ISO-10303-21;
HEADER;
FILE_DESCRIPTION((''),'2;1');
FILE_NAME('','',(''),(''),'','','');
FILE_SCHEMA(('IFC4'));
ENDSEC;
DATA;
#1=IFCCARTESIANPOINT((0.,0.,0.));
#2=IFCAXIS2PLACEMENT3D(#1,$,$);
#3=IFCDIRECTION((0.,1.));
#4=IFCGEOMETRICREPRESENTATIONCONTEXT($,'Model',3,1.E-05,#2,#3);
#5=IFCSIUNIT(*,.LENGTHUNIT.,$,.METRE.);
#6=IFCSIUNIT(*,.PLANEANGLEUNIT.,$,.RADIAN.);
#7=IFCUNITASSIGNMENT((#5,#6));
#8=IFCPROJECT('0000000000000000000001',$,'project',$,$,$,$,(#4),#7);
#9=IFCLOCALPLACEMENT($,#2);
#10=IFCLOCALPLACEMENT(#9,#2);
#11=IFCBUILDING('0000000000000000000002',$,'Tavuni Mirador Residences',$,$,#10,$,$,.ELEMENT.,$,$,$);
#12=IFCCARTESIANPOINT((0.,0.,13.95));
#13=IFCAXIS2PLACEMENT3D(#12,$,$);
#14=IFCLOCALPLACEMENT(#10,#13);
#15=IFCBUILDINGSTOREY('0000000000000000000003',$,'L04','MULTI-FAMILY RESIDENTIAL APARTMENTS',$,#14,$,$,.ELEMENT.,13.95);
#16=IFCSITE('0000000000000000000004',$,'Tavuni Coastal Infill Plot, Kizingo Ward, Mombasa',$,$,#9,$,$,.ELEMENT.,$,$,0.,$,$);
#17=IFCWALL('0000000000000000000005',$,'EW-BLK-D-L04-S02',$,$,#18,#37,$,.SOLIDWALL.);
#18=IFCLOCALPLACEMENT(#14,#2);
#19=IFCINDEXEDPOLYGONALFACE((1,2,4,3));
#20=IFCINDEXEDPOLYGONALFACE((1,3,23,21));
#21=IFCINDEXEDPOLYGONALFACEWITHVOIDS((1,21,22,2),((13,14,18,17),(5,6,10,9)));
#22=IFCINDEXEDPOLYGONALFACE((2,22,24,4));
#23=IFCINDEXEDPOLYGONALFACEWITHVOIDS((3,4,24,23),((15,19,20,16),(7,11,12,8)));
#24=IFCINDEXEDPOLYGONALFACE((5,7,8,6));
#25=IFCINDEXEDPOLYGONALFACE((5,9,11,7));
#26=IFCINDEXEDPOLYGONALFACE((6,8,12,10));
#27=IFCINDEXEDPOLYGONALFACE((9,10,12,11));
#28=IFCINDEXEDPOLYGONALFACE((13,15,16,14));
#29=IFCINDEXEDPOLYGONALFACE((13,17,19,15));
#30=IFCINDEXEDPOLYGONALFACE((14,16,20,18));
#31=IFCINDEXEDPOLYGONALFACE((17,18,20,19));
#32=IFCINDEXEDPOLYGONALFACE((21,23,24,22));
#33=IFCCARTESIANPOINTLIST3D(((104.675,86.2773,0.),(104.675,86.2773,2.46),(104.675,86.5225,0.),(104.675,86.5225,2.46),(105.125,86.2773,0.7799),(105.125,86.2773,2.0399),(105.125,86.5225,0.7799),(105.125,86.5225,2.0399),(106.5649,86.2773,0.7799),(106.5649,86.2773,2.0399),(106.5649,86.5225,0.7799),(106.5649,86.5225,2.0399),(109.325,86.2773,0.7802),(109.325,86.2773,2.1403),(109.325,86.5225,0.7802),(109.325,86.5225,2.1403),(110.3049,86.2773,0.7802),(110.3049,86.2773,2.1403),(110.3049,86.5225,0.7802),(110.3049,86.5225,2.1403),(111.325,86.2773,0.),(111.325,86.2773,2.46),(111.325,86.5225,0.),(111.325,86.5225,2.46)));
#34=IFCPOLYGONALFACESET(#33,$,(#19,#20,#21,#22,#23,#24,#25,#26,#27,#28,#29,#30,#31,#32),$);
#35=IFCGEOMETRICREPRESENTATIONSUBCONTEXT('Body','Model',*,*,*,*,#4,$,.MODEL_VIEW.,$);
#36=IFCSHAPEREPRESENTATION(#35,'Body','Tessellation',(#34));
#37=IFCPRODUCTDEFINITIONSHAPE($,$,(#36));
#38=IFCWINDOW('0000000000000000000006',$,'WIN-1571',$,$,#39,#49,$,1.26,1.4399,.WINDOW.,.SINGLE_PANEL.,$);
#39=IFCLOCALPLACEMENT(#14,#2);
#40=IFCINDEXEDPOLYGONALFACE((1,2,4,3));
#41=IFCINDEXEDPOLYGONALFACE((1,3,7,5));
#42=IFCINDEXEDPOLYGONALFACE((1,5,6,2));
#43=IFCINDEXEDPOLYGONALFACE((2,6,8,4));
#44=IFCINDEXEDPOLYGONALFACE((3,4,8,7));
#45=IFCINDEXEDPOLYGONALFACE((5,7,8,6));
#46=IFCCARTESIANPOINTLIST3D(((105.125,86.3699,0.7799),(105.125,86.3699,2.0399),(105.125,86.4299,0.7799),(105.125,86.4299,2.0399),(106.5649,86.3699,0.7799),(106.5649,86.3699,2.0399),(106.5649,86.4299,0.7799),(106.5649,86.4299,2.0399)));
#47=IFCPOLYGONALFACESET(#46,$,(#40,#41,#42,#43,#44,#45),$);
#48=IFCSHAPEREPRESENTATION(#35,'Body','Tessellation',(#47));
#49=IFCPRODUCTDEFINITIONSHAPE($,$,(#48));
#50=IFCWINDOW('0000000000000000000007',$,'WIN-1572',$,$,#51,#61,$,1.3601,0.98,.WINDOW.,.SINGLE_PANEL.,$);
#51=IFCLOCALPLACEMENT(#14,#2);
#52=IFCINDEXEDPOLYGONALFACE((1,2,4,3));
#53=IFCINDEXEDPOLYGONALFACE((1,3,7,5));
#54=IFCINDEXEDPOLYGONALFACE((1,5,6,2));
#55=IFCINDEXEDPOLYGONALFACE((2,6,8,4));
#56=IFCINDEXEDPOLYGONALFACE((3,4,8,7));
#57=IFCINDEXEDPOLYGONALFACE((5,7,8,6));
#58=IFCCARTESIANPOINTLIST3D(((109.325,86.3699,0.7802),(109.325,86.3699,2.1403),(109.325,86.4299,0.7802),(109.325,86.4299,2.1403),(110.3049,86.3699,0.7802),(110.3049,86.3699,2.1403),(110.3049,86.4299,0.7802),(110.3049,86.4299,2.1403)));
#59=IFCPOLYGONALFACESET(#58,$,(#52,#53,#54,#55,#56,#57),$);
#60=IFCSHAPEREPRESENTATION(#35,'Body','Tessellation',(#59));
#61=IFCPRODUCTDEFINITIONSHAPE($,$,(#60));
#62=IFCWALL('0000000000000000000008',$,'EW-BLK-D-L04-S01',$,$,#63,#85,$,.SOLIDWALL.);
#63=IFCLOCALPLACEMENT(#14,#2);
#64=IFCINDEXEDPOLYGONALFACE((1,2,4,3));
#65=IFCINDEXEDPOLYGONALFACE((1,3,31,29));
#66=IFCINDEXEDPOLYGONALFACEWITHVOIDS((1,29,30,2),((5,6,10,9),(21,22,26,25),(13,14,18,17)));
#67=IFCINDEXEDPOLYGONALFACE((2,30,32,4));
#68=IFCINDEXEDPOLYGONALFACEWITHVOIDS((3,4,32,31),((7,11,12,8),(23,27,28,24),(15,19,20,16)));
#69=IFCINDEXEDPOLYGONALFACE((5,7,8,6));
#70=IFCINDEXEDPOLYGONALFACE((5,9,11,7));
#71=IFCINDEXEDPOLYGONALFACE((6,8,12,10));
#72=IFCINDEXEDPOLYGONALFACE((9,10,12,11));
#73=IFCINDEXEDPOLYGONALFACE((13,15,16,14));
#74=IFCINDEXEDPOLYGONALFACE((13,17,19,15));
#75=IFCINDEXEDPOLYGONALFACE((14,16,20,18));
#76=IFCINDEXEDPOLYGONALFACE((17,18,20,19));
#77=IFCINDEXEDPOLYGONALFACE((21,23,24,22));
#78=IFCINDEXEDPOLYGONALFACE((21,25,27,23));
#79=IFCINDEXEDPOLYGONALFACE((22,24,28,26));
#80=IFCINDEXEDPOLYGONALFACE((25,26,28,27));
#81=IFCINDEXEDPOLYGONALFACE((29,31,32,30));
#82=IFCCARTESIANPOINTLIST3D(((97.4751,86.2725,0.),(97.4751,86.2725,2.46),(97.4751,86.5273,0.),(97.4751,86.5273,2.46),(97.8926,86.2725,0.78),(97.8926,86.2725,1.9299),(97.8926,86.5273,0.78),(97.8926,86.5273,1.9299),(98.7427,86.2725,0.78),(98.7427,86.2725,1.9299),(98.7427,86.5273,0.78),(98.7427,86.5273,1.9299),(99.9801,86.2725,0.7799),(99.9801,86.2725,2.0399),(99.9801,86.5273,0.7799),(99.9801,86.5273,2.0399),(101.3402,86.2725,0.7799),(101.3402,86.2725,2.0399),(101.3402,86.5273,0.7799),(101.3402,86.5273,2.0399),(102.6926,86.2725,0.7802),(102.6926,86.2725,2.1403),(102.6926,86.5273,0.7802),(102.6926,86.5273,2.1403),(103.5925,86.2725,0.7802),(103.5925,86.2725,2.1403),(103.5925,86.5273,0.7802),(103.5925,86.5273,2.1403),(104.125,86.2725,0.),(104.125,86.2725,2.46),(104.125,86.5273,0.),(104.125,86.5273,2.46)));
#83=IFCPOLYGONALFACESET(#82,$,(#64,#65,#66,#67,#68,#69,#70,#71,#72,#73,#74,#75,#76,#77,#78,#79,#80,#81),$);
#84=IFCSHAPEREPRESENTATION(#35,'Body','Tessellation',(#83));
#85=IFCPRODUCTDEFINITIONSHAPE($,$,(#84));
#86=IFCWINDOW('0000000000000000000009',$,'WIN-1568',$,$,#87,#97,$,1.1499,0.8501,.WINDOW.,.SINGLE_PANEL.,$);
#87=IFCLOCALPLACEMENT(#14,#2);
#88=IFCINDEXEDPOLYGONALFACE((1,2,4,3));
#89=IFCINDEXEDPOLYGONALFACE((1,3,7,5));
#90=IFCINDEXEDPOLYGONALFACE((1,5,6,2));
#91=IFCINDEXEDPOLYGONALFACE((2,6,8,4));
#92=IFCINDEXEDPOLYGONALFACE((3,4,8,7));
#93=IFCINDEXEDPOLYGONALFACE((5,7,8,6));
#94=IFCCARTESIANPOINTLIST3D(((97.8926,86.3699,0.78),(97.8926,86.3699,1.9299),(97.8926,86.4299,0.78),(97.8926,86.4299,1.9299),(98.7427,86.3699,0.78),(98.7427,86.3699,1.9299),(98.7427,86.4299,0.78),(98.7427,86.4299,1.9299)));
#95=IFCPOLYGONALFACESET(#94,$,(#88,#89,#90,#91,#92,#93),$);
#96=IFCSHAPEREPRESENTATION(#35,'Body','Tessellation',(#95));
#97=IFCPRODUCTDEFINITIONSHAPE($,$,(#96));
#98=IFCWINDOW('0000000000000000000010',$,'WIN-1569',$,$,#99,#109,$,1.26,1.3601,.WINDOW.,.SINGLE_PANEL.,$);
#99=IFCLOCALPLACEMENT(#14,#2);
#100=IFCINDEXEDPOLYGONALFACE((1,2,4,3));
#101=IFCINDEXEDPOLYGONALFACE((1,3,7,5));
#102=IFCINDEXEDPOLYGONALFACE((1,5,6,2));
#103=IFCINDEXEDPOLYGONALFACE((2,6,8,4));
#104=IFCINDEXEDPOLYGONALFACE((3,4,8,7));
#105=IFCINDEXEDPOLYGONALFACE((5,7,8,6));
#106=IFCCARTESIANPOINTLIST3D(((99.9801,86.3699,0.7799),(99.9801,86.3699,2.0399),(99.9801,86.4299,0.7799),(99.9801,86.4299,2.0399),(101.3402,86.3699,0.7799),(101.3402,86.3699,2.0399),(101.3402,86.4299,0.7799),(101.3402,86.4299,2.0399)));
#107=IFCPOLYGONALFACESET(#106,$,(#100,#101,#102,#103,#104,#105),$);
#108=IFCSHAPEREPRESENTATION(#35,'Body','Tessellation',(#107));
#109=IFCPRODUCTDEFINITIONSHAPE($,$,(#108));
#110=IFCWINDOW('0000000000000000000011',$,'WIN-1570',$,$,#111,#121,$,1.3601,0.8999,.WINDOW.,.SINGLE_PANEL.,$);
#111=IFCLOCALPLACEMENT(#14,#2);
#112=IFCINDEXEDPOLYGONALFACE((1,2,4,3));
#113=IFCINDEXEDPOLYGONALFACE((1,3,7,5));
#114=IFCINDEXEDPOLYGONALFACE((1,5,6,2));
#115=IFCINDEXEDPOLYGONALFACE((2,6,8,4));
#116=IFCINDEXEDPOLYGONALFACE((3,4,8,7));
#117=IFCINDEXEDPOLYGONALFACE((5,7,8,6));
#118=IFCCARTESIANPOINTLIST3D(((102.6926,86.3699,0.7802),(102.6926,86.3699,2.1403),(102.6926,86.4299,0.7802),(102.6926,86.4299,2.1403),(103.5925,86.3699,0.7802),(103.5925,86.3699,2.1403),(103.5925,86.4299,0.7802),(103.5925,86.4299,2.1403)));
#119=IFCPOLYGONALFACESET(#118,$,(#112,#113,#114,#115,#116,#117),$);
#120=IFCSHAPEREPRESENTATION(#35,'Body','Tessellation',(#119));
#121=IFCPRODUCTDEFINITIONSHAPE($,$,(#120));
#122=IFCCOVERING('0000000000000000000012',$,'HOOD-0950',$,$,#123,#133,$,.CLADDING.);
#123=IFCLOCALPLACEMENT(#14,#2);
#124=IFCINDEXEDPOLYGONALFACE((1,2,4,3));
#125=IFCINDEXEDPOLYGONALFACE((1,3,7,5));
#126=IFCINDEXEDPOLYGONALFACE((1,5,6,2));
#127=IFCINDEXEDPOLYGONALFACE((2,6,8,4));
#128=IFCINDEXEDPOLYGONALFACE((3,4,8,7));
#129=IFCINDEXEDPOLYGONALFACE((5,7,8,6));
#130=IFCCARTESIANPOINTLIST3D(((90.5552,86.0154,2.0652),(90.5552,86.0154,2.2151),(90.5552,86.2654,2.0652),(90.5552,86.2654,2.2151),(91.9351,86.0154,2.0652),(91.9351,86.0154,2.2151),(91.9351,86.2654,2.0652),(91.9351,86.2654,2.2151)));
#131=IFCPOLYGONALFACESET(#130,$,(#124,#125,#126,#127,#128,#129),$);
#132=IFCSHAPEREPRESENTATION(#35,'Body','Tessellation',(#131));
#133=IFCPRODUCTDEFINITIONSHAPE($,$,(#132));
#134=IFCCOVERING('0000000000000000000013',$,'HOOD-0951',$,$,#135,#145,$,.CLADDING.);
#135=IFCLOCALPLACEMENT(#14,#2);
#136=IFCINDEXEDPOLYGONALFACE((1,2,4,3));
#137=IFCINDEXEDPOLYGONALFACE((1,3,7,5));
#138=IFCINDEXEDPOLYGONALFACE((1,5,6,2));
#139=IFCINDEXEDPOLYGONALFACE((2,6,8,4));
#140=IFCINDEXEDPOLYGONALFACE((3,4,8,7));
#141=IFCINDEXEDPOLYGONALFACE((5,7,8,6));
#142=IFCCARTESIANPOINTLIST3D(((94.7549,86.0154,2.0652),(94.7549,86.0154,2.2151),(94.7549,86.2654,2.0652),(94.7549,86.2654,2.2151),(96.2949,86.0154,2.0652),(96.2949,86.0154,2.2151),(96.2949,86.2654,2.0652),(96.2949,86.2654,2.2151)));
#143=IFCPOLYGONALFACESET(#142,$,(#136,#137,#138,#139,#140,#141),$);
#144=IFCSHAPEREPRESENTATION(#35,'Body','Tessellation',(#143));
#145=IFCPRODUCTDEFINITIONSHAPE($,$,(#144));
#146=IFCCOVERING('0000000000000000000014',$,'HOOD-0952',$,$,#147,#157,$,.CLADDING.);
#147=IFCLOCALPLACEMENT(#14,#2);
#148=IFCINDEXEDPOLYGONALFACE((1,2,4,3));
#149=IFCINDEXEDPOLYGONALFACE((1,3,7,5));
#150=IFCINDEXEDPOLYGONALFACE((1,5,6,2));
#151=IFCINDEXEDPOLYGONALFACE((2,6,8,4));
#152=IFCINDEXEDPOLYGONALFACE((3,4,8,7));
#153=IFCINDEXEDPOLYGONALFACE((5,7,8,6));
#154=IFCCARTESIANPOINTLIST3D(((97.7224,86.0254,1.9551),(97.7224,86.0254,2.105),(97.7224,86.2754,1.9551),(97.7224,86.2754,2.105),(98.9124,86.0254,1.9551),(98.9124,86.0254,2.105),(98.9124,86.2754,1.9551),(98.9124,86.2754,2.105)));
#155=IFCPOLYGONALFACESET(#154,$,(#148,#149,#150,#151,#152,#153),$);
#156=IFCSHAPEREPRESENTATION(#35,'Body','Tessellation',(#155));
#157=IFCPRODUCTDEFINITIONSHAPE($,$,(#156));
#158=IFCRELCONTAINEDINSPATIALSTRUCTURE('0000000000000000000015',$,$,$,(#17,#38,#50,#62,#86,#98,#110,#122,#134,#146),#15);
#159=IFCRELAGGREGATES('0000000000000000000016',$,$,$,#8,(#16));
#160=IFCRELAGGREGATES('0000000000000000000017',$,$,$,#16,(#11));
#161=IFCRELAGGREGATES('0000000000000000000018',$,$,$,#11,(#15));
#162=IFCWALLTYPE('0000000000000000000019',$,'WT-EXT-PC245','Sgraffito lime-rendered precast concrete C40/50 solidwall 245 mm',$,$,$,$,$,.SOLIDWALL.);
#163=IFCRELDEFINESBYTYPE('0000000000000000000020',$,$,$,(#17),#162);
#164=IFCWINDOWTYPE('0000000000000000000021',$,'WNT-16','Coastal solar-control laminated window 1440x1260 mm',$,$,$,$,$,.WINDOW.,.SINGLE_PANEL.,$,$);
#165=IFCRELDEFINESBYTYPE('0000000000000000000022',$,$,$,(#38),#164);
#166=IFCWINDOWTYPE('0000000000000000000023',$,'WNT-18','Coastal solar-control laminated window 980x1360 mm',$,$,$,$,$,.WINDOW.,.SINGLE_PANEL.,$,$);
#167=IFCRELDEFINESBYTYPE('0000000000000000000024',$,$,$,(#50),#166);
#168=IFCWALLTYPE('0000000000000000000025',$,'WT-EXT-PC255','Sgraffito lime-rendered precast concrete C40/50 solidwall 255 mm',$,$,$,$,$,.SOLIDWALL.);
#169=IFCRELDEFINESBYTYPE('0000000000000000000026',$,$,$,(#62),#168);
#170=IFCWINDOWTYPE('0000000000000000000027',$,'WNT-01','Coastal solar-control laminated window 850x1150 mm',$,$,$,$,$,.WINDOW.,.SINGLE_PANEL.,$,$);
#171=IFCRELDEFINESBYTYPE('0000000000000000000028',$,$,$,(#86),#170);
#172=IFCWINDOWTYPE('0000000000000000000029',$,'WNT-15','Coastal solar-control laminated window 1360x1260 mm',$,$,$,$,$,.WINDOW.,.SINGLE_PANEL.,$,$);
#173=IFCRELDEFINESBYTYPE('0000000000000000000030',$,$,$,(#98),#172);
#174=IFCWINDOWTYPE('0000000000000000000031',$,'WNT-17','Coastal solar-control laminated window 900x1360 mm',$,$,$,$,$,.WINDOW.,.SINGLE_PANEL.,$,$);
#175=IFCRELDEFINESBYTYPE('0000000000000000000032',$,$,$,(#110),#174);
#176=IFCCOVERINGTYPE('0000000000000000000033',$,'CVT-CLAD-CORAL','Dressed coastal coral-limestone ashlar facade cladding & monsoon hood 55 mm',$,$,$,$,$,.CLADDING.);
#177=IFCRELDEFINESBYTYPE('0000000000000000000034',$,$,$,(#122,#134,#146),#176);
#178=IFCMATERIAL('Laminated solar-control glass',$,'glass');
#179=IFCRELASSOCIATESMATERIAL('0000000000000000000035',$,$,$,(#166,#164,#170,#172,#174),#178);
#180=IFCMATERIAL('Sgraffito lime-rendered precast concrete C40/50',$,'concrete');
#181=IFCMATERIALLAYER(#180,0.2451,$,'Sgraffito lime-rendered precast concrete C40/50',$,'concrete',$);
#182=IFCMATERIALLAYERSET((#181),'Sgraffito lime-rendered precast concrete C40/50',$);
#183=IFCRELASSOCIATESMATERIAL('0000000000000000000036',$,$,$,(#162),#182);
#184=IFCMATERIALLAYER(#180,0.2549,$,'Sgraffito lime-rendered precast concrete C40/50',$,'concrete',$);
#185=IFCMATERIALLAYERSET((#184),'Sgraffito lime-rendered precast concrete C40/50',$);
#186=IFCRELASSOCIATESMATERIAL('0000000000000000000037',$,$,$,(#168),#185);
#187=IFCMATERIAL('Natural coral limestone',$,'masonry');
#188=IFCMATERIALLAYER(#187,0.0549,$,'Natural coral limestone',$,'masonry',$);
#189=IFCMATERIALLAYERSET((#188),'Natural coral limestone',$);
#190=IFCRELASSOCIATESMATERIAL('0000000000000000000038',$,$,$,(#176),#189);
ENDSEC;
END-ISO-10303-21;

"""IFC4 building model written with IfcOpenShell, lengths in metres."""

from ifc_helpers import new_model, si_unit, direction, frame, frame_2d, origin, origin_2d, place, context, subcontext, project, spatial, rectangle, extrude, material, layer, layer_set, type_object, element, fill, save


model = new_model("IFC4")

# Units and contexts
model_context = context("Model", 3, precision=1e-05, world=origin(), true_north=direction((0.0, 1.0)))
body_context = subcontext(model_context, "Body", "Model", "MODEL_VIEW")
ifc_project = project(units=[si_unit("LENGTHUNIT", "METRE"), si_unit("PLANEANGLEUNIT", "RADIAN")], contexts=[model_context])

# Site, building, storey
site_placement = place(None, origin())
site = spatial("IfcSite", under=ifc_project, at=site_placement, Name="Tavuni Coastal Infill Plot, Kizingo Ward, Mombasa", CompositionType="ELEMENT", RefElevation=0.0)
building_placement = place(site_placement, origin())
building = spatial("IfcBuilding", under=site, at=building_placement, Name="Tavuni Mirador Residences", CompositionType="ELEMENT")
storey_placement = place(building_placement, frame((0.0, 0.0, 13.95)))
storey = spatial("IfcBuildingStorey", under=building, at=storey_placement, Name="L04", Description="MULTI-FAMILY RESIDENTIAL APARTMENTS", CompositionType="ELEMENT", Elevation=13.95)

# Walls, openings, windows
ifc_material_1 = material(Name="Laminated solar-control glass", Category="glass")
window_type_1 = type_object("IfcWindowType", Name="WNT-18", Description="Coastal solar-control laminated window 980x1360 mm", PartitioningType="SINGLE_PANEL", PredefinedType="WINDOW", material=ifc_material_1)
ifc_material_2 = material(Name="Sgraffito lime-rendered precast concrete C40/50", Category="concrete")
ifc_layer_1 = layer(ifc_material_2, 0.2451, Name="Sgraffito lime-rendered precast concrete C40/50", Category="concrete")
ifc_layer_set_1 = layer_set([ifc_layer_1], Name="Sgraffito lime-rendered precast concrete C40/50")
wall_type_1 = type_object("IfcWallType", Name="WT-EXT-PC245", Description="Sgraffito lime-rendered precast concrete C40/50 solidwall 245 mm", PredefinedType="SOLIDWALL", material=ifc_layer_set_1)
wall_1_placement = place(storey_placement, frame((104.675, 86.3999, 0.0), z_axis=(0.0, 0.0, 1.0), x_axis=(1.0, 0.0, 0.0)))
wall_1 = element("IfcWall", 1, at=wall_1_placement, inside=storey, type_object=wall_type_1, Name="EW-BLK-D-L04-S02", PredefinedType="SOLIDWALL", context=body_context, shape_type="SweptSolid", body=[
    extrude(rectangle(XDim=6.6499, YDim=0.2451, at=frame_2d((3.325, 0.0))), origin(), (0.0, 0.0, 1.0), 2.46),
])
opening_1_placement = place(wall_1_placement, frame((0.45, 0.0, 0.78)))
opening_1 = element("IfcOpeningElement", 2, at=opening_1_placement, cuts=wall_1, PredefinedType="OPENING", context=body_context, shape_type="SweptSolid", body=[
    extrude(rectangle(XDim=1.4399, YDim=1.26, at=frame_2d((0.72, 0.6299))), frame((0.0, 0.1326, 0.0), z_axis=(0.0, -1.0, 0.0), x_axis=(1.0, 0.0, 0.0)), (0.0, 0.0, 1.0), 0.2651),
])
opening_2_placement = place(wall_1_placement, frame((4.6499, 0.0, 0.78)))
opening_2 = element("IfcOpeningElement", 3, at=opening_2_placement, cuts=wall_1, PredefinedType="OPENING", context=body_context, shape_type="SweptSolid", body=[
    extrude(rectangle(XDim=0.98, YDim=1.3601, at=frame_2d((0.49, 0.6802))), frame((0.0, 0.1326, 0.0), z_axis=(0.0, -1.0, 0.0), x_axis=(1.0, 0.0, 0.0)), (0.0, 0.0, 1.0), 0.2651),
])
window_type_2 = type_object("IfcWindowType", Name="WNT-16", Description="Coastal solar-control laminated window 1440x1260 mm", PartitioningType="SINGLE_PANEL", PredefinedType="WINDOW", material=ifc_material_1)
window_1_placement = place(opening_1_placement, origin())
window_1 = element("IfcWindow", 4, at=window_1_placement, inside=storey, type_object=window_type_2, Name="WIN-1571", OverallHeight=1.26, OverallWidth=1.4399, PartitioningType="SINGLE_PANEL", PredefinedType="WINDOW", context=body_context, shape_type="SweptSolid", body=[
    extrude(rectangle(XDim=1.4399, YDim=1.26, at=frame_2d((0.72, 0.6299))), frame((0.0, 0.03, 0.0), z_axis=(0.0, -1.0, 0.0), x_axis=(1.0, 0.0, 0.0)), (0.0, 0.0, 1.0), 0.0601),
])
fill(opening_1, window_1)
window_2_placement = place(opening_2_placement, origin())
window_2 = element("IfcWindow", 5, at=window_2_placement, inside=storey, type_object=window_type_1, Name="WIN-1572", OverallHeight=1.3601, OverallWidth=0.98, PartitioningType="SINGLE_PANEL", PredefinedType="WINDOW", context=body_context, shape_type="SweptSolid", body=[
    extrude(rectangle(XDim=0.98, YDim=1.3601, at=frame_2d((0.49, 0.6802))), frame((0.0, 0.03, 0.0), z_axis=(0.0, -1.0, 0.0), x_axis=(1.0, 0.0, 0.0)), (0.0, 0.0, 1.0), 0.0601),
])
fill(opening_2, window_2)
ifc_layer_2 = layer(ifc_material_2, 0.2549, Name="Sgraffito lime-rendered precast concrete C40/50", Category="concrete")
ifc_layer_set_2 = layer_set([ifc_layer_2], Name="Sgraffito lime-rendered precast concrete C40/50")
wall_type_2 = type_object("IfcWallType", Name="WT-EXT-PC255", Description="Sgraffito lime-rendered precast concrete C40/50 solidwall 255 mm", PredefinedType="SOLIDWALL", material=ifc_layer_set_2)
wall_2_placement = place(storey_placement, frame((97.4751, 86.3999, 0.0), z_axis=(0.0, 0.0, 1.0), x_axis=(1.0, 0.0, 0.0)))
wall_2 = element("IfcWall", 6, at=wall_2_placement, inside=storey, type_object=wall_type_2, Name="EW-BLK-D-L04-S01", PredefinedType="SOLIDWALL", context=body_context, shape_type="SweptSolid", body=[
    extrude(rectangle(XDim=6.6499, YDim=0.2549, at=frame_2d((3.325, 0.0))), origin(), (0.0, 0.0, 1.0), 2.46),
])
opening_3_placement = place(wall_2_placement, frame((0.4175, 0.0, 0.78)))
opening_3 = element("IfcOpeningElement", 7, at=opening_3_placement, cuts=wall_2, PredefinedType="OPENING", context=body_context, shape_type="SweptSolid", body=[
    extrude(rectangle(XDim=0.8501, YDim=1.1499, at=frame_2d((0.425, 0.575))), frame((0.0, 0.1375, 0.0), z_axis=(0.0, -1.0, 0.0), x_axis=(1.0, 0.0, 0.0)), (0.0, 0.0, 1.0), 0.2749),
])
opening_4_placement = place(wall_2_placement, frame((2.5049, 0.0, 0.78)))
opening_4 = element("IfcOpeningElement", 8, at=opening_4_placement, cuts=wall_2, PredefinedType="OPENING", context=body_context, shape_type="SweptSolid", body=[
    extrude(rectangle(XDim=1.3601, YDim=1.26, at=frame_2d((0.6802, 0.6299))), frame((0.0, 0.1375, 0.0), z_axis=(0.0, -1.0, 0.0), x_axis=(1.0, 0.0, 0.0)), (0.0, 0.0, 1.0), 0.2749),
])
opening_5_placement = place(wall_2_placement, frame((5.2175, 0.0, 0.78)))
opening_5 = element("IfcOpeningElement", 9, at=opening_5_placement, cuts=wall_2, PredefinedType="OPENING", context=body_context, shape_type="SweptSolid", body=[
    extrude(rectangle(XDim=0.8999, YDim=1.3601, at=frame_2d((0.45, 0.6802))), frame((0.0, 0.1375, 0.0), z_axis=(0.0, -1.0, 0.0), x_axis=(1.0, 0.0, 0.0)), (0.0, 0.0, 1.0), 0.2749),
])
window_type_3 = type_object("IfcWindowType", Name="WNT-01", Description="Coastal solar-control laminated window 850x1150 mm", PartitioningType="SINGLE_PANEL", PredefinedType="WINDOW", material=ifc_material_1)
window_3_placement = place(opening_3_placement, origin())
window_3 = element("IfcWindow", 10, at=window_3_placement, inside=storey, type_object=window_type_3, Name="WIN-1568", OverallHeight=1.1499, OverallWidth=0.8501, PartitioningType="SINGLE_PANEL", PredefinedType="WINDOW", context=body_context, shape_type="SweptSolid", body=[
    extrude(rectangle(XDim=0.8501, YDim=1.1499, at=frame_2d((0.425, 0.575))), frame((0.0, 0.03, 0.0), z_axis=(0.0, -1.0, 0.0), x_axis=(1.0, 0.0, 0.0)), (0.0, 0.0, 1.0), 0.0601),
])
fill(opening_3, window_3)
window_type_4 = type_object("IfcWindowType", Name="WNT-15", Description="Coastal solar-control laminated window 1360x1260 mm", PartitioningType="SINGLE_PANEL", PredefinedType="WINDOW", material=ifc_material_1)
window_4_placement = place(opening_4_placement, origin())
window_4 = element("IfcWindow", 11, at=window_4_placement, inside=storey, type_object=window_type_4, Name="WIN-1569", OverallHeight=1.26, OverallWidth=1.3601, PartitioningType="SINGLE_PANEL", PredefinedType="WINDOW", context=body_context, shape_type="SweptSolid", body=[
    extrude(rectangle(XDim=1.3601, YDim=1.26, at=frame_2d((0.6802, 0.6299))), frame((0.0, 0.03, 0.0), z_axis=(0.0, -1.0, 0.0), x_axis=(1.0, 0.0, 0.0)), (0.0, 0.0, 1.0), 0.0601),
])
fill(opening_4, window_4)
window_type_5 = type_object("IfcWindowType", Name="WNT-17", Description="Coastal solar-control laminated window 900x1360 mm", PartitioningType="SINGLE_PANEL", PredefinedType="WINDOW", material=ifc_material_1)
window_5_placement = place(opening_5_placement, origin())
window_5 = element("IfcWindow", 12, at=window_5_placement, inside=storey, type_object=window_type_5, Name="WIN-1570", OverallHeight=1.3601, OverallWidth=0.8999, PartitioningType="SINGLE_PANEL", PredefinedType="WINDOW", context=body_context, shape_type="SweptSolid", body=[
    extrude(rectangle(XDim=0.8999, YDim=1.3601, at=frame_2d((0.45, 0.6802))), frame((0.0, 0.03, 0.0), z_axis=(0.0, -1.0, 0.0), x_axis=(1.0, 0.0, 0.0)), (0.0, 0.0, 1.0), 0.0601),
])
fill(opening_5, window_5)

# Coverings
ifc_material_3 = material(Name="Natural coral limestone", Category="masonry")
ifc_layer_3 = layer(ifc_material_3, 0.0549, Name="Natural coral limestone", Category="masonry")
ifc_layer_set_3 = layer_set([ifc_layer_3], Name="Natural coral limestone")
covering_type = type_object("IfcCoveringType", Name="CVT-CLAD-CORAL", Description="Dressed coastal coral-limestone ashlar facade cladding & monsoon hood 55 mm", PredefinedType="CLADDING", material=ifc_layer_set_3)
covering_1_placement = place(storey_placement, frame((91.2451, 86.1404, 2.0652), z_axis=(0.0, 0.0, 1.0), x_axis=(1.0, 0.0, 0.0)))
element("IfcCovering", 13, at=covering_1_placement, inside=storey, type_object=covering_type, Name="HOOD-0950", PredefinedType="CLADDING", context=body_context, shape_type="SweptSolid", body=[
    extrude(rectangle(XDim=1.3799, YDim=0.25, at=origin_2d()), origin(), (0.0, 0.0, 1.0), 0.1499),
])
covering_2_placement = place(storey_placement, frame((95.5249, 86.1404, 2.0652), z_axis=(0.0, 0.0, 1.0), x_axis=(1.0, 0.0, 0.0)))
element("IfcCovering", 14, at=covering_2_placement, inside=storey, type_object=covering_type, Name="HOOD-0951", PredefinedType="CLADDING", context=body_context, shape_type="SweptSolid", body=[
    extrude(rectangle(XDim=1.54, YDim=0.25, at=origin_2d()), origin(), (0.0, 0.0, 1.0), 0.1499),
])
covering_3_placement = place(storey_placement, frame((98.3174, 86.1504, 1.9551), z_axis=(0.0, 0.0, 1.0), x_axis=(1.0, 0.0, 0.0)))
element("IfcCovering", 15, at=covering_3_placement, inside=storey, type_object=covering_type, Name="HOOD-0952", PredefinedType="CLADDING", context=body_context, shape_type="SweptSolid", body=[
    extrude(rectangle(XDim=1.1899, YDim=0.25, at=origin_2d()), origin(), (0.0, 0.0, 1.0), 0.1499),
])

save(model, "model.ifc")
